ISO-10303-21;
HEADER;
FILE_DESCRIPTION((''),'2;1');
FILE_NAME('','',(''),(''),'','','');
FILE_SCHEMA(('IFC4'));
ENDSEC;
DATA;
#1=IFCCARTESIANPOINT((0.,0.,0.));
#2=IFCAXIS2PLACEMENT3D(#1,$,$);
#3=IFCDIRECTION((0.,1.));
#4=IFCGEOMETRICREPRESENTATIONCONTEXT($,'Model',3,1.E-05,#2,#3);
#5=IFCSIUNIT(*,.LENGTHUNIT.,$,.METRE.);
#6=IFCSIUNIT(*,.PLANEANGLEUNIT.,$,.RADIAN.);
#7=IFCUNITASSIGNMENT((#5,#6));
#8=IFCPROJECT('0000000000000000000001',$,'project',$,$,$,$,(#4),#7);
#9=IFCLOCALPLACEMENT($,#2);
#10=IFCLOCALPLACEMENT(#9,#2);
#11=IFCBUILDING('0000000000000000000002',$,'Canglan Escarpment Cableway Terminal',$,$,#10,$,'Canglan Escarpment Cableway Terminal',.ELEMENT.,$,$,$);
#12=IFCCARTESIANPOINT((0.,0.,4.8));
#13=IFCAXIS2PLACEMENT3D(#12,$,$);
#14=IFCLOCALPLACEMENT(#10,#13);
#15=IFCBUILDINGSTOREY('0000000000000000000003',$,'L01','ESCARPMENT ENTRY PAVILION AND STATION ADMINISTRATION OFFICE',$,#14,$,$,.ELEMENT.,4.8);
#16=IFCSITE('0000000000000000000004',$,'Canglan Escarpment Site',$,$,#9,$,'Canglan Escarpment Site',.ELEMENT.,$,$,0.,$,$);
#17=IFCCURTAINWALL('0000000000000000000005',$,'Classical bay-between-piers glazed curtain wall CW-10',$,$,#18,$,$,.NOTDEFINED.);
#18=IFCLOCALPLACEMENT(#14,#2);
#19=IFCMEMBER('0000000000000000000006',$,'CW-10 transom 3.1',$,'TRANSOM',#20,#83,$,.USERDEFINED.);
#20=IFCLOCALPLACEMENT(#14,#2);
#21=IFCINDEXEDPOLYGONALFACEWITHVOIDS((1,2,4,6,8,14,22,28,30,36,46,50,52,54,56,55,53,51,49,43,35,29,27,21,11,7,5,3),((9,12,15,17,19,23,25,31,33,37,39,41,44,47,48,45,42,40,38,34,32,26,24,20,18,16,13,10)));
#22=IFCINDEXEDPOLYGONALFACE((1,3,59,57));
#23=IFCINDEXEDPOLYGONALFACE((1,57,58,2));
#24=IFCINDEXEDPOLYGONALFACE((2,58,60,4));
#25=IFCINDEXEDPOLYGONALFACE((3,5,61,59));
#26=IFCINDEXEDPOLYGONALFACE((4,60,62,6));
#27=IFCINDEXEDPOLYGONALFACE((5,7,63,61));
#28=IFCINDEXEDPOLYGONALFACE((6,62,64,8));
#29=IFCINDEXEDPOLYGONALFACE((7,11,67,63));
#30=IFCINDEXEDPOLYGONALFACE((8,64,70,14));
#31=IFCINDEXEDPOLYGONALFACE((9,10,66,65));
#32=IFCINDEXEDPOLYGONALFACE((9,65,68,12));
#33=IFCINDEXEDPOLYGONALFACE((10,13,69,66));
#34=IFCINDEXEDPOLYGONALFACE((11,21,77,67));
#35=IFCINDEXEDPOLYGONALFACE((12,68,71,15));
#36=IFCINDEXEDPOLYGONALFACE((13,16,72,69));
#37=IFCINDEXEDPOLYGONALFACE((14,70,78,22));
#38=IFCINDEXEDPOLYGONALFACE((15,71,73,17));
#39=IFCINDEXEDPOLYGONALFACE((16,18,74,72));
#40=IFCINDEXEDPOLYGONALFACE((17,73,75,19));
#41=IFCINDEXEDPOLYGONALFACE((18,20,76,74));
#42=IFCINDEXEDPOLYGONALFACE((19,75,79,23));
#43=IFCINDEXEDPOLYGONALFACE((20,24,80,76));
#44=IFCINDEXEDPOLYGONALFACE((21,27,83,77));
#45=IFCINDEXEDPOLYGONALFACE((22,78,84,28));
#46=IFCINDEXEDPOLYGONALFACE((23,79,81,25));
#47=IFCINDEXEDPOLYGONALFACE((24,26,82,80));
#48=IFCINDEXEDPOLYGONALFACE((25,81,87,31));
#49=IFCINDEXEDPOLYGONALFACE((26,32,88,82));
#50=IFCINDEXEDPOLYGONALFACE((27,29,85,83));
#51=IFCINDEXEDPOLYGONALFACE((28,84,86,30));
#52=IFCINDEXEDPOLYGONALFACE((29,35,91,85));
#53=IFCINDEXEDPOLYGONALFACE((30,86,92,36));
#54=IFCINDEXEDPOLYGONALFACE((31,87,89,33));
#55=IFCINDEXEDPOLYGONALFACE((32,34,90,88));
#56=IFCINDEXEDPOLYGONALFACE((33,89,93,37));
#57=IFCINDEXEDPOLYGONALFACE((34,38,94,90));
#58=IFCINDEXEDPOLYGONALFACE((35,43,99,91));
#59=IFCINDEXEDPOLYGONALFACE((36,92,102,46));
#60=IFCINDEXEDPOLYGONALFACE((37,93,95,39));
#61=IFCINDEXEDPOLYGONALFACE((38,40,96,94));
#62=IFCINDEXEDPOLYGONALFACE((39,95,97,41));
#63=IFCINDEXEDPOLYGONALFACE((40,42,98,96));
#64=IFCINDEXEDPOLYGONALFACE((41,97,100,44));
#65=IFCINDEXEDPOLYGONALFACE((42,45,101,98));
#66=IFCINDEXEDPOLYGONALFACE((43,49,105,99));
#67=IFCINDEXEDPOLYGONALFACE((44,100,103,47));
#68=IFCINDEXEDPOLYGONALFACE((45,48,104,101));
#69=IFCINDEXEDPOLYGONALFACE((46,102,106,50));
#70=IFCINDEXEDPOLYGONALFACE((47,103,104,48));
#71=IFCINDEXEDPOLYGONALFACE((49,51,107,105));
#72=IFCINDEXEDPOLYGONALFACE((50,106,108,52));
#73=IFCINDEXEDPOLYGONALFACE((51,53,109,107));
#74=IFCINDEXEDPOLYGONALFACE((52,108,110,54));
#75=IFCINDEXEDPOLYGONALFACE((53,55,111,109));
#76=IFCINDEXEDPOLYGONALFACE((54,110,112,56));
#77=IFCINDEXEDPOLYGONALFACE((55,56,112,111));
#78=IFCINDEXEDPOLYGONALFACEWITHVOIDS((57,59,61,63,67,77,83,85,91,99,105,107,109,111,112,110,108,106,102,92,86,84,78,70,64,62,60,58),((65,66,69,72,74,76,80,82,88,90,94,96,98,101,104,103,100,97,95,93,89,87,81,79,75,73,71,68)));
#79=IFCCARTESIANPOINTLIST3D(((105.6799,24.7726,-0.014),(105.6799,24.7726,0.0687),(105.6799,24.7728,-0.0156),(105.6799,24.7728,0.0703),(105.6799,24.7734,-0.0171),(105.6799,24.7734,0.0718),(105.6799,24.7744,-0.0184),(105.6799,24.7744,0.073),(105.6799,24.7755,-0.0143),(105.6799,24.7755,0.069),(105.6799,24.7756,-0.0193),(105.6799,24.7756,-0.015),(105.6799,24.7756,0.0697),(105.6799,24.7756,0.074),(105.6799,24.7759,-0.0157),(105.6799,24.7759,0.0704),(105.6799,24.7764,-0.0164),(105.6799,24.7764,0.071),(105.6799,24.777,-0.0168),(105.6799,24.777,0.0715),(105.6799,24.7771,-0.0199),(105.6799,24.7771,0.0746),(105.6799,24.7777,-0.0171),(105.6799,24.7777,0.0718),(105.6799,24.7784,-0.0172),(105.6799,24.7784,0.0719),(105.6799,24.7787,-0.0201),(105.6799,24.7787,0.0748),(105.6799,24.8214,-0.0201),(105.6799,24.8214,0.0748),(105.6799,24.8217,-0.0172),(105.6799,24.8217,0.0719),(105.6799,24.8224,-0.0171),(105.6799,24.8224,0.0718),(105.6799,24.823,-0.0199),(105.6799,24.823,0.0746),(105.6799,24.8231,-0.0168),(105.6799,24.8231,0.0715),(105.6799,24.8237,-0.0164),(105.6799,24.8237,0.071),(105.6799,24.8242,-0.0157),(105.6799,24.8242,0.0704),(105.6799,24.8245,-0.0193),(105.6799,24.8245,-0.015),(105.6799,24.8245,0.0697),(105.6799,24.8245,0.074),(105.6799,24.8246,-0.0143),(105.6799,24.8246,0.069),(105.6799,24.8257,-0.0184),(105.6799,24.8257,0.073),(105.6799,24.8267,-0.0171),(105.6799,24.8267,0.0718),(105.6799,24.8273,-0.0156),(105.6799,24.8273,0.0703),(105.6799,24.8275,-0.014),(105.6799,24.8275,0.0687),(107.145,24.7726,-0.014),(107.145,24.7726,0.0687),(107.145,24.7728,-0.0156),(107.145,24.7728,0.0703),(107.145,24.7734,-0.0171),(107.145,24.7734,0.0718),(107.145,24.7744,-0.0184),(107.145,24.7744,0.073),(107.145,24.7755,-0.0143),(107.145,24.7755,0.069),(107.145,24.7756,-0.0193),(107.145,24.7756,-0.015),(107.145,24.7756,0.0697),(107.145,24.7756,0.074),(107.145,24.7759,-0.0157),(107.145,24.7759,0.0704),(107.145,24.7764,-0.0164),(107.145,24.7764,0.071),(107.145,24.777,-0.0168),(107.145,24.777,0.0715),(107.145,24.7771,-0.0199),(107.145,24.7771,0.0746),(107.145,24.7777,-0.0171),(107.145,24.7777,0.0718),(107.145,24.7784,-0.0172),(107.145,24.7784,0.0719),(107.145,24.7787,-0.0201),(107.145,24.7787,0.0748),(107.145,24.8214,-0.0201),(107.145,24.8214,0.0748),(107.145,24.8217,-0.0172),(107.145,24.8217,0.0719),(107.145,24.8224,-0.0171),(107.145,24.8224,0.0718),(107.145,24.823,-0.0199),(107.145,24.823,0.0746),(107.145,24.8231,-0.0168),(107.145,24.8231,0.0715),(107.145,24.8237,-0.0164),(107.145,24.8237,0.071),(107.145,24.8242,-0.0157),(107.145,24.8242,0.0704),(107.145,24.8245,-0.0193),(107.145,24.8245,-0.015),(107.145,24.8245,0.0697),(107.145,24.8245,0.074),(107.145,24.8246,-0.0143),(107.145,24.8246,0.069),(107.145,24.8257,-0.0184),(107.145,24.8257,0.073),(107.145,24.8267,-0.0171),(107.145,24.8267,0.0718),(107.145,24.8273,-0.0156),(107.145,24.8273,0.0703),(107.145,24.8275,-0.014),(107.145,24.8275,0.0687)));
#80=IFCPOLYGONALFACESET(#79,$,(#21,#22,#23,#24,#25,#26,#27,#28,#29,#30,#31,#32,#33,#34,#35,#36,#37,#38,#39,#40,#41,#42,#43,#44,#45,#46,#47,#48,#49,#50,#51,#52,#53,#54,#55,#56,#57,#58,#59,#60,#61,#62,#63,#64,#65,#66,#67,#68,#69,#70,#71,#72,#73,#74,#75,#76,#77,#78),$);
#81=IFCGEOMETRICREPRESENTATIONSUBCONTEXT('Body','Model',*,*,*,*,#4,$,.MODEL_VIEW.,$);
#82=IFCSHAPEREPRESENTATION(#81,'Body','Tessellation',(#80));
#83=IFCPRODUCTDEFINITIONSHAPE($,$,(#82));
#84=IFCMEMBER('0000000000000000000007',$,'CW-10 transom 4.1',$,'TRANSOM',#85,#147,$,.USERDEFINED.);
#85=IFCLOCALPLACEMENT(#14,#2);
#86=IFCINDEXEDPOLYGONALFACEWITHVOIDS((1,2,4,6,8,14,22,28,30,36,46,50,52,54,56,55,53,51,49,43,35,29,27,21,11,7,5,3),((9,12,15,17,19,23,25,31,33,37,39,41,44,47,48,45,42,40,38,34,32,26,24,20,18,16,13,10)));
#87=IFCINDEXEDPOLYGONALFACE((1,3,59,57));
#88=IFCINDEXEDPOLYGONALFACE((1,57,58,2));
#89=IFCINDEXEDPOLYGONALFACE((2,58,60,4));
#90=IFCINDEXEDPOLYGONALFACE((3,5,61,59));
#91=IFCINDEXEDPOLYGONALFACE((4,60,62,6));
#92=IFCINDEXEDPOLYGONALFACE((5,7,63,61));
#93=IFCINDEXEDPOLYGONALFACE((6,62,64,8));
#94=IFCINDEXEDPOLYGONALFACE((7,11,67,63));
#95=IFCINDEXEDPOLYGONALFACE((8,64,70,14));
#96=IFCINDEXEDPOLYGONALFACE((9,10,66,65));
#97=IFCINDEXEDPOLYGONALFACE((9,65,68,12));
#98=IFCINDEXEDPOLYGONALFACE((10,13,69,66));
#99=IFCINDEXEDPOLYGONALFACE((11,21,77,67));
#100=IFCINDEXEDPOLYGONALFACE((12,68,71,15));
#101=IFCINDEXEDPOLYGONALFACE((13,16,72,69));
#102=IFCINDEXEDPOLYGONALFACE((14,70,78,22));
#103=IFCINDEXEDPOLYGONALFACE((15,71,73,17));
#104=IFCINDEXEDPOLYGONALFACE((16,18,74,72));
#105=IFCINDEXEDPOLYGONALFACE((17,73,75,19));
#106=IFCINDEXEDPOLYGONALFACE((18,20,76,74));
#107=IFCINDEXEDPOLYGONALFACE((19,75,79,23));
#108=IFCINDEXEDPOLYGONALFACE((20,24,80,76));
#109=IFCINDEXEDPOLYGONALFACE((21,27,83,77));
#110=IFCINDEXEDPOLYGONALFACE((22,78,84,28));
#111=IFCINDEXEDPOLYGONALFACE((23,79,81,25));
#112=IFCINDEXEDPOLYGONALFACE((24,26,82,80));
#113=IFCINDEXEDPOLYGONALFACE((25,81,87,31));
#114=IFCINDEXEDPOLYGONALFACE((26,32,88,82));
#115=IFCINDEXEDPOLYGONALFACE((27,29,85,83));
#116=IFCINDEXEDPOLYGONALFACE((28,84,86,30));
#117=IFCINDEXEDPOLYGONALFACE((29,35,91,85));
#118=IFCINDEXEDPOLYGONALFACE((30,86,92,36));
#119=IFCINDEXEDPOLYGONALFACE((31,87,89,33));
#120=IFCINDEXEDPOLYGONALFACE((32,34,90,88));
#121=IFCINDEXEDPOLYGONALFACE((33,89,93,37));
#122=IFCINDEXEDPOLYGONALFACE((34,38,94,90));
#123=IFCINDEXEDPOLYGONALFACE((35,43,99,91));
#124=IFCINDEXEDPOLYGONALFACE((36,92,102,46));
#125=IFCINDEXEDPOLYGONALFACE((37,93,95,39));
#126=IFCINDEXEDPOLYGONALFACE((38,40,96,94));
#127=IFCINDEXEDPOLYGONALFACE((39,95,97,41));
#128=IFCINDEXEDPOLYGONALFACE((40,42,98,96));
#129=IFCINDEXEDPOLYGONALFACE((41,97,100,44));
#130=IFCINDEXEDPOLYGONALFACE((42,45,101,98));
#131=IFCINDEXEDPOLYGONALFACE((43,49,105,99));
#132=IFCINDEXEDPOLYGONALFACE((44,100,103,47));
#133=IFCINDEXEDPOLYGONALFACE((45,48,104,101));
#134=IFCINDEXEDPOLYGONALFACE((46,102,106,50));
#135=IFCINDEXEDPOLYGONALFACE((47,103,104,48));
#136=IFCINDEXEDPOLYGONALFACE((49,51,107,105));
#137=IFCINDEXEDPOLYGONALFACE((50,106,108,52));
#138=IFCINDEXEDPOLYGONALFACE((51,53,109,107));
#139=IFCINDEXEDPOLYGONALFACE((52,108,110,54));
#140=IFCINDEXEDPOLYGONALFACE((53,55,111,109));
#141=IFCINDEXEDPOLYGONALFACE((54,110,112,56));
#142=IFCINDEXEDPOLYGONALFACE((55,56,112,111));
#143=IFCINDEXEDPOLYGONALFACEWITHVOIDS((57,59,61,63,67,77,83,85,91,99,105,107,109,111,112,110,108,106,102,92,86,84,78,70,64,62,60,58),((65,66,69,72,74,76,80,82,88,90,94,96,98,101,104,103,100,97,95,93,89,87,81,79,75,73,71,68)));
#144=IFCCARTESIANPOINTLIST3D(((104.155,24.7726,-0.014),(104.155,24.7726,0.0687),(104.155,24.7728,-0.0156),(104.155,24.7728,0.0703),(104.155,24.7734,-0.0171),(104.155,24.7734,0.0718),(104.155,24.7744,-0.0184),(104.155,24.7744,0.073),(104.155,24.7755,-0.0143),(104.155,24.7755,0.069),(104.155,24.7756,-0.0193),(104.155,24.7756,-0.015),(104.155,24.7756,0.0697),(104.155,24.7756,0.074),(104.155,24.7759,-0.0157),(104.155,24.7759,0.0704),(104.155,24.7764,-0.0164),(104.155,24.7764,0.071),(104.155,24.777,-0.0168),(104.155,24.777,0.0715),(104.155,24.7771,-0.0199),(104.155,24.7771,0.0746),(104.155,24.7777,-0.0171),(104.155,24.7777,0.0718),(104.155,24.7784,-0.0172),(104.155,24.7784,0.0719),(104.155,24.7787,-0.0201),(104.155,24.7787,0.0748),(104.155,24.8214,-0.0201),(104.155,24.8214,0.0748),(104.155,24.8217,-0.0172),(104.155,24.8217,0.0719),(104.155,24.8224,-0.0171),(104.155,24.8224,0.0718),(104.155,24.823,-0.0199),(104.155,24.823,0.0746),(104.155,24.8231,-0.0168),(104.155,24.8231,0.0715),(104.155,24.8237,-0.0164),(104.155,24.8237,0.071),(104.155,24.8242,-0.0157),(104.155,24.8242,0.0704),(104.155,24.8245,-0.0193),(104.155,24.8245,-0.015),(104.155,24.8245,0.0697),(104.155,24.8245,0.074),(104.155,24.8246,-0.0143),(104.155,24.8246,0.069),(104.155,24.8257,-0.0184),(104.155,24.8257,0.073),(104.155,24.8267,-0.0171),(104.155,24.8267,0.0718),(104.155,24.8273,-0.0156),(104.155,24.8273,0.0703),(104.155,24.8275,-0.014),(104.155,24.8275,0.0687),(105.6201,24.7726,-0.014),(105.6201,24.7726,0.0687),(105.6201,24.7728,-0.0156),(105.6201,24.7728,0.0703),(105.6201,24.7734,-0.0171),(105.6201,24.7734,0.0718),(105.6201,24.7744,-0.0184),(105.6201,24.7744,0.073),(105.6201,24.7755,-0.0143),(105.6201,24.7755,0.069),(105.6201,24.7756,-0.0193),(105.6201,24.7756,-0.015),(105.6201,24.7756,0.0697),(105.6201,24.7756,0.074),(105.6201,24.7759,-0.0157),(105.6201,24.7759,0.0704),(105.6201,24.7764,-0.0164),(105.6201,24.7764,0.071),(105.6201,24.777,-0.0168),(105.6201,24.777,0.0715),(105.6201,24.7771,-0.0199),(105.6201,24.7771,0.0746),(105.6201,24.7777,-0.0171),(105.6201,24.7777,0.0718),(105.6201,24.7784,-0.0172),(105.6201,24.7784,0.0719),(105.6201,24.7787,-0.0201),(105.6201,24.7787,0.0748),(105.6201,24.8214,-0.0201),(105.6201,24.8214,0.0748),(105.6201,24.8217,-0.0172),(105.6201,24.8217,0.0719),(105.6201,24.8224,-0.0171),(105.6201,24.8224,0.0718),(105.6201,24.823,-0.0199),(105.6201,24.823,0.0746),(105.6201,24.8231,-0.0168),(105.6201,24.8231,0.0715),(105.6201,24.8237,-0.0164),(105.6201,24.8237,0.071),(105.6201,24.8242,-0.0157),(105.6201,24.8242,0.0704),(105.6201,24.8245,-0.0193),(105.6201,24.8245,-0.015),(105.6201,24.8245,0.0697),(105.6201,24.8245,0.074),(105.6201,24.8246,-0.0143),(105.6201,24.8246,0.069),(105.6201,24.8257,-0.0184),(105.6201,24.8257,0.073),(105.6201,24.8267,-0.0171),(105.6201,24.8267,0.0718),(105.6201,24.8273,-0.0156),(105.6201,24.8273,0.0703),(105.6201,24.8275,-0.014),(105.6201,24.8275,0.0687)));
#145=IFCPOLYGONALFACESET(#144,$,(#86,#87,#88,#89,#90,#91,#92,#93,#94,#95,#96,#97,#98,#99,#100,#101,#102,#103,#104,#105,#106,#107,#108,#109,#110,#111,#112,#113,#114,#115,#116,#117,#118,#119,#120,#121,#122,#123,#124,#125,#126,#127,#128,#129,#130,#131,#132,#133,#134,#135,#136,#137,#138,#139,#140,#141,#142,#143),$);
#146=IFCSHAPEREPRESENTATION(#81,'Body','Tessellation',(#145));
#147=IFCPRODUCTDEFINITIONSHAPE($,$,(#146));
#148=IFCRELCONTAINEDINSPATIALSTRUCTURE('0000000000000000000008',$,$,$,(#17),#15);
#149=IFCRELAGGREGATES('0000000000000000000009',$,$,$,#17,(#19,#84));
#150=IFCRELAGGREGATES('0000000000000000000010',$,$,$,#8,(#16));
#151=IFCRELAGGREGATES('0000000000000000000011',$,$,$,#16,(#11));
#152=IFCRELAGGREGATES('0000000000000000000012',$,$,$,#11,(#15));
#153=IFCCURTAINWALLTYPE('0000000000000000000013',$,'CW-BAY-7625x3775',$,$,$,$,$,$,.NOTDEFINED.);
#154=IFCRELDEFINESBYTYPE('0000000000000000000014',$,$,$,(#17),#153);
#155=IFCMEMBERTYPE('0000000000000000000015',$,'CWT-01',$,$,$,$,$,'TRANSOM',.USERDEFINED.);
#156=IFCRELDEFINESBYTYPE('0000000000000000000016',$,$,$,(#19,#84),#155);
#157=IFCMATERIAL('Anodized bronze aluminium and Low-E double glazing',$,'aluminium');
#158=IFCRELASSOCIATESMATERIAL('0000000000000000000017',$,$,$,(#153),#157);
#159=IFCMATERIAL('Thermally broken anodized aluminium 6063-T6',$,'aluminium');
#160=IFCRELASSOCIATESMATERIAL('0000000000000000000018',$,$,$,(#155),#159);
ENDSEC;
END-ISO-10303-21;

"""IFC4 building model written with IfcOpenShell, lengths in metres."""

from ifc_helpers import new_model, si_unit, direction, frame, origin, origin_2d, place, context, subcontext, project, spatial, hollow_rectangle, extrude, material, material_profile, profile_set, type_object, element, aggregate, save


model = new_model("IFC4")

# Units and contexts
model_context = context("Model", 3, precision=1e-05, world=origin(), true_north=direction((0.0, 1.0)))
body_context = subcontext(model_context, "Body", "Model", "MODEL_VIEW")
ifc_project = project(units=[si_unit("LENGTHUNIT", "METRE"), si_unit("PLANEANGLEUNIT", "RADIAN")], contexts=[model_context])

# Site, building, storey
site_placement = place(None, origin())
site = spatial("IfcSite", under=ifc_project, at=site_placement, Name="Canglan Escarpment Site", LongName="Canglan Escarpment Site", CompositionType="ELEMENT", RefElevation=0.0)
building_placement = place(site_placement, origin())
building = spatial("IfcBuilding", under=site, at=building_placement, Name="Canglan Escarpment Cableway Terminal", LongName="Canglan Escarpment Cableway Terminal", CompositionType="ELEMENT")
storey_placement = place(building_placement, frame((0.0, 0.0, 4.8)))
storey = spatial("IfcBuildingStorey", under=building, at=storey_placement, Name="L01", Description="ESCARPMENT ENTRY PAVILION AND STATION ADMINISTRATION OFFICE", CompositionType="ELEMENT", Elevation=4.8)

# Curtain wall
ifc_material_1 = material(Name="Anodized bronze aluminium and Low-E double glazing", Category="aluminium")
curtain_wall_type_1 = type_object("IfcCurtainWallType", Name="CW-BAY-7625x3775", PredefinedType="NOTDEFINED", material=ifc_material_1)
curtain_wall_1_placement = place(storey_placement, origin())
curtain_wall_1 = element("IfcCurtainWall", 1, at=curtain_wall_1_placement, inside=storey, type_object=curtain_wall_type_1, Name="Classical bay-between-piers glazed curtain wall CW-10", PredefinedType="NOTDEFINED")
ifc_material_2 = material(Name="Thermally broken anodized aluminium 6063-T6", Category="aluminium")

# Members
ifc_material_profile_1 = material_profile(ifc_material_2, hollow_rectangle(XDim=0.0549, YDim=0.095, WallThickness=0.0029, InnerFilletRadius=0.0029, OuterFilletRadius=0.0061, at=origin_2d()), Name="ALU-TRAN 55x95x3")
ifc_profile_set_1 = profile_set([ifc_material_profile_1], Name="Thermally broken anodized aluminium 6063-T6")
member_type_1 = type_object("IfcMemberType", Name="CWT-01", ElementType="TRANSOM", PredefinedType="USERDEFINED", material=ifc_profile_set_1)
member_1_placement = place(storey_placement, frame((107.145, 24.8, 0.0273), z_axis=(-1.0, 0.0, 0.0), x_axis=(0.0, -1.0, 0.0)))
member_1 = element("IfcMember", 2, at=member_1_placement, type_object=member_type_1, Name="CW-10 transom 3.1", ObjectType="TRANSOM", PredefinedType="USERDEFINED", context=body_context, shape_type="SweptSolid", body=[
    extrude(hollow_rectangle(XDim=0.0549, YDim=0.095, WallThickness=0.0029, InnerFilletRadius=0.0029, OuterFilletRadius=0.0061, at=origin_2d()), origin(), (0.0, 0.0, 1.0), 1.4651),
])
member_2_placement = place(storey_placement, frame((105.6201, 24.8, 0.0273), z_axis=(-1.0, 0.0, 0.0), x_axis=(0.0, -1.0, 0.0)))
member_2 = element("IfcMember", 3, at=member_2_placement, type_object=member_type_1, Name="CW-10 transom 4.1", ObjectType="TRANSOM", PredefinedType="USERDEFINED", context=body_context, shape_type="SweptSolid", body=[
    extrude(hollow_rectangle(XDim=0.0549, YDim=0.095, WallThickness=0.0029, InnerFilletRadius=0.0029, OuterFilletRadius=0.0061, at=origin_2d()), origin(), (0.0, 0.0, 1.0), 1.4651),
])

aggregate(curtain_wall_1, [member_1, member_2])

save(model, "model.ifc")
